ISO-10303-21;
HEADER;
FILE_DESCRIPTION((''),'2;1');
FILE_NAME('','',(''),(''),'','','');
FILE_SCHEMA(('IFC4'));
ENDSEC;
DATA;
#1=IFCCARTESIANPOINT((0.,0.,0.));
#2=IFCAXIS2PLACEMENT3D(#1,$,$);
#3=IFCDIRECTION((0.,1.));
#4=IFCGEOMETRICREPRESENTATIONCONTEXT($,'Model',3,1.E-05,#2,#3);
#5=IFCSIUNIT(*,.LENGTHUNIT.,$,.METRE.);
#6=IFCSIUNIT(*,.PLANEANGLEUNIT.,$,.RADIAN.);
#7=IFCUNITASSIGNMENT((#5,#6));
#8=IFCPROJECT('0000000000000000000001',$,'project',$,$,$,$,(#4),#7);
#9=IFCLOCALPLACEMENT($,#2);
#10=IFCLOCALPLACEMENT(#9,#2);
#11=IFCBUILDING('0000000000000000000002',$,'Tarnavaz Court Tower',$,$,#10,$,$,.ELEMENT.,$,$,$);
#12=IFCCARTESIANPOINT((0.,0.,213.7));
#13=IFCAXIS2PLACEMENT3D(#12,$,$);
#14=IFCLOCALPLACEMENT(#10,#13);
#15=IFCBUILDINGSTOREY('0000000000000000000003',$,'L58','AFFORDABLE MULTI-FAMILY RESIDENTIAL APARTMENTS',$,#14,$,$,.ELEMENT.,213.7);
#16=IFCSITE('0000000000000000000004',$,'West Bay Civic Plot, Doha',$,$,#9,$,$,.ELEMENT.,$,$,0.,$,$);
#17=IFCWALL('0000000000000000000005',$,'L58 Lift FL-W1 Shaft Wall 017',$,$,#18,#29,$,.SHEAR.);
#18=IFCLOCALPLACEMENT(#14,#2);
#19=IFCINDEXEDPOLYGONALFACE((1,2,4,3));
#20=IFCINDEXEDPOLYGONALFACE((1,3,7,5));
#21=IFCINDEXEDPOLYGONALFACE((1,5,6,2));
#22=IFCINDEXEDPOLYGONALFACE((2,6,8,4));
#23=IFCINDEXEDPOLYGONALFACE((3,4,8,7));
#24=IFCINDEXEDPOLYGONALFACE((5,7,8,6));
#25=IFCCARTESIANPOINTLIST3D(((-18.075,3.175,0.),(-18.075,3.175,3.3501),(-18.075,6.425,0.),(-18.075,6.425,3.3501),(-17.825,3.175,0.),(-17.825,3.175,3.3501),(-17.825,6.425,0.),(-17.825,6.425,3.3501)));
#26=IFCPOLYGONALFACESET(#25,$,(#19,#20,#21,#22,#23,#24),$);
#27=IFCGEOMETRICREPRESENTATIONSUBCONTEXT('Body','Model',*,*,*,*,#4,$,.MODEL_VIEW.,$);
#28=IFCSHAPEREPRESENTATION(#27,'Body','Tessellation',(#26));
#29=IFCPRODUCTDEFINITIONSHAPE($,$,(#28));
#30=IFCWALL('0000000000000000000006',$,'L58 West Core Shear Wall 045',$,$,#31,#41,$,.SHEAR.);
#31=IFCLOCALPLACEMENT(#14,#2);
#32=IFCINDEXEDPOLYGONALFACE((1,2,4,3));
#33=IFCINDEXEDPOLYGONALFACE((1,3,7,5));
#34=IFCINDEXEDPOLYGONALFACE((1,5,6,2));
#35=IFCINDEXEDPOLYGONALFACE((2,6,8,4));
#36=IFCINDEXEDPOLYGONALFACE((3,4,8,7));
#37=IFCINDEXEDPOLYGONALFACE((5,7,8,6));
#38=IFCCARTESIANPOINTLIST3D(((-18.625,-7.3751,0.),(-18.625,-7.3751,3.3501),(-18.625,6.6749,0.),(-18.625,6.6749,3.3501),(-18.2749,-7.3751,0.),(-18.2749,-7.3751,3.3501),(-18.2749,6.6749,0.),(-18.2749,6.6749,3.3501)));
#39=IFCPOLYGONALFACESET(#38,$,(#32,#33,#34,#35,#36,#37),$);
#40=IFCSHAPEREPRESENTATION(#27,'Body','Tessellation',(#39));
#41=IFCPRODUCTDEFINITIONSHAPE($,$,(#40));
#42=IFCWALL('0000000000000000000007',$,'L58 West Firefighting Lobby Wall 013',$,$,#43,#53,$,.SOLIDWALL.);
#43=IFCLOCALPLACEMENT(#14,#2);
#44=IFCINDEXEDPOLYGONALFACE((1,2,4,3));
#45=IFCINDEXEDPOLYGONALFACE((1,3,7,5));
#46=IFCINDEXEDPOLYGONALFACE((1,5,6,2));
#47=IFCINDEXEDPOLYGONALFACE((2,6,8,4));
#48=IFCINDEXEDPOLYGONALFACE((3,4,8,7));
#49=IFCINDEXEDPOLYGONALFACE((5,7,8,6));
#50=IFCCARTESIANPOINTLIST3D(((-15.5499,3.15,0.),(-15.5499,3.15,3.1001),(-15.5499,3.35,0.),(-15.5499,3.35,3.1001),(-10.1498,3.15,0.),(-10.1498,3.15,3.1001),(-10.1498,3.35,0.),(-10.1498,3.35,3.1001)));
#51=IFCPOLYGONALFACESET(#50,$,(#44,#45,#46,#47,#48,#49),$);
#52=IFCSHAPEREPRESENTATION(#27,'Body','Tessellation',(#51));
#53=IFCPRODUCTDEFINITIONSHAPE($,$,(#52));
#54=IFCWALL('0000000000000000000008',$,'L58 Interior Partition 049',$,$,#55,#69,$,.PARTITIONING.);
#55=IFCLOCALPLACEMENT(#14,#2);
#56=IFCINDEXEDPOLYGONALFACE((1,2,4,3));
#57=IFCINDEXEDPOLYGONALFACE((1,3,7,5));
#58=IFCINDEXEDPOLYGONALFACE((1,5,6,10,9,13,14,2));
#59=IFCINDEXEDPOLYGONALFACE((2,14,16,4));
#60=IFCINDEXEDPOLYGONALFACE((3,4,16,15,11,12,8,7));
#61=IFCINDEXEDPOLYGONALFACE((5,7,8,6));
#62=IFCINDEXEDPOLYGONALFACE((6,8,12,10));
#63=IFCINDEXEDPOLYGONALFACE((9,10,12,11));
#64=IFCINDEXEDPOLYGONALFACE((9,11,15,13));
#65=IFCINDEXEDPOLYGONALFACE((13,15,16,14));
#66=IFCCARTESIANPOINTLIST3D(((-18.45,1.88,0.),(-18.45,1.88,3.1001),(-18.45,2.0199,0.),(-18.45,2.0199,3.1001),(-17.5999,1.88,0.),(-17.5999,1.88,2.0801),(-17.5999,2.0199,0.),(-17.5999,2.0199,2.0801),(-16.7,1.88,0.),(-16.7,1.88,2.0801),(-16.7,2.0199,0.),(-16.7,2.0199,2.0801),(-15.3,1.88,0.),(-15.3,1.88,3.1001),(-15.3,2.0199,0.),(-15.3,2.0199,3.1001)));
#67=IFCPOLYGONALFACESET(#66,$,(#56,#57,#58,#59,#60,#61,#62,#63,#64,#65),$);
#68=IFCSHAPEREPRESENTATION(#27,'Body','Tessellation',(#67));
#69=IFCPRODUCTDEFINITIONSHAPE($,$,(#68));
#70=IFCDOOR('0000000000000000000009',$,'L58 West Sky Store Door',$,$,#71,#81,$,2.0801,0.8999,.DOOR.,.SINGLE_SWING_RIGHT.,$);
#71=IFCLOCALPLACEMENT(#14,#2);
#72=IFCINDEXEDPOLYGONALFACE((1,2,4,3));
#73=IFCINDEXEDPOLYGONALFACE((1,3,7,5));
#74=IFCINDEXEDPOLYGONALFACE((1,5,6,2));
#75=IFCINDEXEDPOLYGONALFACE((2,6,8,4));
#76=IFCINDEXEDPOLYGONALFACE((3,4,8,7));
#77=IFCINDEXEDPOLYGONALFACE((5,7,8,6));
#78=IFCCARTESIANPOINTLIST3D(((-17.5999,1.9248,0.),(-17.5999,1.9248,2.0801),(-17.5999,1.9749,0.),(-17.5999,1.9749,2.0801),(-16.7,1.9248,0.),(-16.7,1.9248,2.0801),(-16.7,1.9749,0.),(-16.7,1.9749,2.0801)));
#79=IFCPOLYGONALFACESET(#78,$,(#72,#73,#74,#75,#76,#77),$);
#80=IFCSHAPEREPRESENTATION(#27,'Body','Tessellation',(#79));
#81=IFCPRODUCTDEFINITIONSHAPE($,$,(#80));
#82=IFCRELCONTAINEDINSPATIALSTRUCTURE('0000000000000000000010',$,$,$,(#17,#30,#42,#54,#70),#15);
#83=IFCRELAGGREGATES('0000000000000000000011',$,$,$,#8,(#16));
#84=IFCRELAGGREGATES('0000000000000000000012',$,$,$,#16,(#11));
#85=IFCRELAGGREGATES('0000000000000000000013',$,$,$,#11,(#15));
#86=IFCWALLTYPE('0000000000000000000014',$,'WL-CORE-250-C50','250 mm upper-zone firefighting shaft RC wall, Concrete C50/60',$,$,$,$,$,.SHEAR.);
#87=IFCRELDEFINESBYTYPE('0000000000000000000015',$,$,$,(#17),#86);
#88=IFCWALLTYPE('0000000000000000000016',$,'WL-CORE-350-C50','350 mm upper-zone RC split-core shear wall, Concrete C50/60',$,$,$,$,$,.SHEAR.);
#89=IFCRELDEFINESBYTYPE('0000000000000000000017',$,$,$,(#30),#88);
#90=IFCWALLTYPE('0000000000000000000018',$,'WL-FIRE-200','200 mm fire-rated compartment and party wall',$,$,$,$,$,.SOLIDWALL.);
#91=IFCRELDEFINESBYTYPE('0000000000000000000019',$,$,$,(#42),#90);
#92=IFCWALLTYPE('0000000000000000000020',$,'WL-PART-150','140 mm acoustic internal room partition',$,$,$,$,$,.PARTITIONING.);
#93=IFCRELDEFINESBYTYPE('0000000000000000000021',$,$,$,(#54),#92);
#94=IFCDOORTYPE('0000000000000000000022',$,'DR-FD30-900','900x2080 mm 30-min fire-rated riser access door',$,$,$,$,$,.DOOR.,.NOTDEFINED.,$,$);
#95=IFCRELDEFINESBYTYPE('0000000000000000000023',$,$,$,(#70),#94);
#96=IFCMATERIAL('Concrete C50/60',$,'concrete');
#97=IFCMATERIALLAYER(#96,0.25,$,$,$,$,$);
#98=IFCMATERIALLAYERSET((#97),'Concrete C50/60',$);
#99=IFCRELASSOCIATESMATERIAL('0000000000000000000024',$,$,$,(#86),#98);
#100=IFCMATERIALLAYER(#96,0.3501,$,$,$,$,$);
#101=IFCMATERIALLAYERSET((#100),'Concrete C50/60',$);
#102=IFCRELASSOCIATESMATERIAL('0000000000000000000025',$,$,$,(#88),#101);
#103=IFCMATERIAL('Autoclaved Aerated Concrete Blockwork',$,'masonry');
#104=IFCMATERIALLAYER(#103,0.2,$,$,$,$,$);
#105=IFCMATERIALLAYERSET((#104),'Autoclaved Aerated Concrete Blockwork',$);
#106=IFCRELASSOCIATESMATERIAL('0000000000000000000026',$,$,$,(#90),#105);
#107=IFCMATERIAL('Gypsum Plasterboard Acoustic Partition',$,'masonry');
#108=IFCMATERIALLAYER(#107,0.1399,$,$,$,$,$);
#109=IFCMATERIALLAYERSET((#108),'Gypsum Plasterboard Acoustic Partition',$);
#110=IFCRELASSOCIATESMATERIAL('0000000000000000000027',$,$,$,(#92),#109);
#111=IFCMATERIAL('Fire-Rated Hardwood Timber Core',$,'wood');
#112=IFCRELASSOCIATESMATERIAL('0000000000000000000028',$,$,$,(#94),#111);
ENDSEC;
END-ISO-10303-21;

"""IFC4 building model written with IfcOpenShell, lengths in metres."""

from ifc_helpers import new_model, si_unit, direction, frame, frame_2d, origin, place, context, subcontext, project, spatial, rectangle, extrude, material, layer, layer_set, type_object, element, fill, save


model = new_model("IFC4")

# Units and contexts
model_context = context("Model", 3, precision=1e-05, world=origin(), true_north=direction((0.0, 1.0)))
body_context = subcontext(model_context, "Body", "Model", "MODEL_VIEW")
ifc_project = project(units=[si_unit("LENGTHUNIT", "METRE"), si_unit("PLANEANGLEUNIT", "RADIAN")], contexts=[model_context])

# Site, building, storey
site_placement = place(None, origin())
site = spatial("IfcSite", under=ifc_project, at=site_placement, Name="West Bay Civic Plot, Doha", CompositionType="ELEMENT", RefElevation=0.0)
building_placement = place(site_placement, origin())
building = spatial("IfcBuilding", under=site, at=building_placement, Name="Tarnavaz Court Tower", CompositionType="ELEMENT")
storey_placement = place(building_placement, frame((0.0, 0.0, 213.7)))
storey = spatial("IfcBuildingStorey", under=building, at=storey_placement, Name="L58", Description="AFFORDABLE MULTI-FAMILY RESIDENTIAL APARTMENTS", CompositionType="ELEMENT", Elevation=213.7)

# Shared definitions
ifc_material_1 = material(Name="Concrete C50/60", Category="concrete")

# Wall
ifc_layer_1 = layer(ifc_material_1, 0.25)
ifc_layer_set_1 = layer_set([ifc_layer_1], Name="Concrete C50/60")
wall_type_1 = type_object("IfcWallType", Name="WL-CORE-250-C50", Description="250 mm upper-zone firefighting shaft RC wall, Concrete C50/60", PredefinedType="SHEAR", material=ifc_layer_set_1)
wall_1_placement = place(storey_placement, frame((-17.95, 3.175, 0.0), z_axis=(0.0, 0.0, 1.0), x_axis=(0.0, 1.0, 0.0)))
element("IfcWall", 1, at=wall_1_placement, inside=storey, type_object=wall_type_1, Name="L58 Lift FL-W1 Shaft Wall 017", PredefinedType="SHEAR", context=body_context, shape_type="SweptSolid", body=[
    extrude(rectangle(XDim=3.25, YDim=0.25, at=frame_2d((1.625, 0.0))), origin(), (0.0, 0.0, 1.0), 3.3501),
])

# Wall
ifc_layer_2 = layer(ifc_material_1, 0.3501)
ifc_layer_set_2 = layer_set([ifc_layer_2], Name="Concrete C50/60")
wall_type_2 = type_object("IfcWallType", Name="WL-CORE-350-C50", Description="350 mm upper-zone RC split-core shear wall, Concrete C50/60", PredefinedType="SHEAR", material=ifc_layer_set_2)
wall_2_placement = place(storey_placement, frame((-18.45, -7.375, 0.0), z_axis=(0.0, 0.0, 1.0), x_axis=(0.0, 1.0, 0.0)))
element("IfcWall", 2, at=wall_2_placement, inside=storey, type_object=wall_type_2, Name="L58 West Core Shear Wall 045", PredefinedType="SHEAR", context=body_context, shape_type="SweptSolid", body=[
    extrude(rectangle(XDim=14.05, YDim=0.3501, at=frame_2d((7.0249, 0.0))), origin(), (0.0, 0.0, 1.0), 3.3501),
])

# Shared definitions
ifc_material_2 = material(Name="Fire-Rated Hardwood Timber Core", Category="wood")

# Wall
ifc_material_3 = material(Name="Autoclaved Aerated Concrete Blockwork", Category="masonry")
ifc_layer_3 = layer(ifc_material_3, 0.2)
ifc_layer_set_3 = layer_set([ifc_layer_3], Name="Autoclaved Aerated Concrete Blockwork")
wall_type_3 = type_object("IfcWallType", Name="WL-FIRE-200", Description="200 mm fire-rated compartment and party wall", PredefinedType="SOLIDWALL", material=ifc_layer_set_3)
wall_3_placement = place(storey_placement, frame((-15.55, 3.25, 0.0), z_axis=(0.0, 0.0, 1.0), x_axis=(1.0, 0.0, 0.0)))
element("IfcWall", 3, at=wall_3_placement, inside=storey, type_object=wall_type_3, Name="L58 West Firefighting Lobby Wall 013", PredefinedType="SOLIDWALL", context=body_context, shape_type="SweptSolid", body=[
    extrude(rectangle(XDim=5.4001, YDim=0.2, at=frame_2d((2.7002, 0.0))), origin(), (0.0, 0.0, 1.0), 3.1001),
])

# Wall, opening, door
ifc_material_4 = material(Name="Gypsum Plasterboard Acoustic Partition", Category="masonry")
ifc_layer_4 = layer(ifc_material_4, 0.1399)
ifc_layer_set_4 = layer_set([ifc_layer_4], Name="Gypsum Plasterboard Acoustic Partition")
wall_type_4 = type_object("IfcWallType", Name="WL-PART-150", Description="140 mm acoustic internal room partition", PredefinedType="PARTITIONING", material=ifc_layer_set_4)
wall_4_placement = place(storey_placement, frame((-18.45, 1.95, 0.0), z_axis=(0.0, 0.0, 1.0), x_axis=(1.0, 0.0, 0.0)))
wall_4 = element("IfcWall", 4, at=wall_4_placement, inside=storey, type_object=wall_type_4, Name="L58 Interior Partition 049", PredefinedType="PARTITIONING", context=body_context, shape_type="SweptSolid", body=[
    extrude(rectangle(XDim=3.1499, YDim=0.1399, at=frame_2d((1.575, 0.0))), origin(), (0.0, 0.0, 1.0), 3.1001),
])
opening_1_placement = place(wall_4_placement, frame((0.8501, 0.0, 0.0)))
opening_1 = element("IfcOpeningElement", 5, at=opening_1_placement, cuts=wall_4, PredefinedType="OPENING", context=body_context, shape_type="SweptSolid", body=[
    extrude(rectangle(XDim=0.8999, YDim=2.0801, at=frame_2d((0.45, 1.04))), frame((0.0, 0.0798, 0.0), z_axis=(0.0, -1.0, 0.0), x_axis=(1.0, 0.0, 0.0)), (0.0, 0.0, 1.0), 0.1599),
])
door_type_1 = type_object("IfcDoorType", Name="DR-FD30-900", Description="900x2080 mm 30-min fire-rated riser access door", OperationType="NOTDEFINED", PredefinedType="DOOR", material=ifc_material_2)
door_1_placement = place(opening_1_placement, origin())
door_1 = element("IfcDoor", 6, at=door_1_placement, inside=storey, type_object=door_type_1, Name="L58 West Sky Store Door", OperationType="SINGLE_SWING_RIGHT", OverallHeight=2.0801, OverallWidth=0.8999, PredefinedType="DOOR", context=body_context, shape_type="SweptSolid", body=[
    extrude(rectangle(XDim=0.8999, YDim=2.0801, at=frame_2d((0.45, 1.04))), frame((0.0, 0.0249, 0.0), z_axis=(0.0, -1.0, 0.0), x_axis=(1.0, 0.0, 0.0)), (0.0, 0.0, 1.0), 0.05),
])
fill(opening_1, door_1)

save(model, "model.ifc")
